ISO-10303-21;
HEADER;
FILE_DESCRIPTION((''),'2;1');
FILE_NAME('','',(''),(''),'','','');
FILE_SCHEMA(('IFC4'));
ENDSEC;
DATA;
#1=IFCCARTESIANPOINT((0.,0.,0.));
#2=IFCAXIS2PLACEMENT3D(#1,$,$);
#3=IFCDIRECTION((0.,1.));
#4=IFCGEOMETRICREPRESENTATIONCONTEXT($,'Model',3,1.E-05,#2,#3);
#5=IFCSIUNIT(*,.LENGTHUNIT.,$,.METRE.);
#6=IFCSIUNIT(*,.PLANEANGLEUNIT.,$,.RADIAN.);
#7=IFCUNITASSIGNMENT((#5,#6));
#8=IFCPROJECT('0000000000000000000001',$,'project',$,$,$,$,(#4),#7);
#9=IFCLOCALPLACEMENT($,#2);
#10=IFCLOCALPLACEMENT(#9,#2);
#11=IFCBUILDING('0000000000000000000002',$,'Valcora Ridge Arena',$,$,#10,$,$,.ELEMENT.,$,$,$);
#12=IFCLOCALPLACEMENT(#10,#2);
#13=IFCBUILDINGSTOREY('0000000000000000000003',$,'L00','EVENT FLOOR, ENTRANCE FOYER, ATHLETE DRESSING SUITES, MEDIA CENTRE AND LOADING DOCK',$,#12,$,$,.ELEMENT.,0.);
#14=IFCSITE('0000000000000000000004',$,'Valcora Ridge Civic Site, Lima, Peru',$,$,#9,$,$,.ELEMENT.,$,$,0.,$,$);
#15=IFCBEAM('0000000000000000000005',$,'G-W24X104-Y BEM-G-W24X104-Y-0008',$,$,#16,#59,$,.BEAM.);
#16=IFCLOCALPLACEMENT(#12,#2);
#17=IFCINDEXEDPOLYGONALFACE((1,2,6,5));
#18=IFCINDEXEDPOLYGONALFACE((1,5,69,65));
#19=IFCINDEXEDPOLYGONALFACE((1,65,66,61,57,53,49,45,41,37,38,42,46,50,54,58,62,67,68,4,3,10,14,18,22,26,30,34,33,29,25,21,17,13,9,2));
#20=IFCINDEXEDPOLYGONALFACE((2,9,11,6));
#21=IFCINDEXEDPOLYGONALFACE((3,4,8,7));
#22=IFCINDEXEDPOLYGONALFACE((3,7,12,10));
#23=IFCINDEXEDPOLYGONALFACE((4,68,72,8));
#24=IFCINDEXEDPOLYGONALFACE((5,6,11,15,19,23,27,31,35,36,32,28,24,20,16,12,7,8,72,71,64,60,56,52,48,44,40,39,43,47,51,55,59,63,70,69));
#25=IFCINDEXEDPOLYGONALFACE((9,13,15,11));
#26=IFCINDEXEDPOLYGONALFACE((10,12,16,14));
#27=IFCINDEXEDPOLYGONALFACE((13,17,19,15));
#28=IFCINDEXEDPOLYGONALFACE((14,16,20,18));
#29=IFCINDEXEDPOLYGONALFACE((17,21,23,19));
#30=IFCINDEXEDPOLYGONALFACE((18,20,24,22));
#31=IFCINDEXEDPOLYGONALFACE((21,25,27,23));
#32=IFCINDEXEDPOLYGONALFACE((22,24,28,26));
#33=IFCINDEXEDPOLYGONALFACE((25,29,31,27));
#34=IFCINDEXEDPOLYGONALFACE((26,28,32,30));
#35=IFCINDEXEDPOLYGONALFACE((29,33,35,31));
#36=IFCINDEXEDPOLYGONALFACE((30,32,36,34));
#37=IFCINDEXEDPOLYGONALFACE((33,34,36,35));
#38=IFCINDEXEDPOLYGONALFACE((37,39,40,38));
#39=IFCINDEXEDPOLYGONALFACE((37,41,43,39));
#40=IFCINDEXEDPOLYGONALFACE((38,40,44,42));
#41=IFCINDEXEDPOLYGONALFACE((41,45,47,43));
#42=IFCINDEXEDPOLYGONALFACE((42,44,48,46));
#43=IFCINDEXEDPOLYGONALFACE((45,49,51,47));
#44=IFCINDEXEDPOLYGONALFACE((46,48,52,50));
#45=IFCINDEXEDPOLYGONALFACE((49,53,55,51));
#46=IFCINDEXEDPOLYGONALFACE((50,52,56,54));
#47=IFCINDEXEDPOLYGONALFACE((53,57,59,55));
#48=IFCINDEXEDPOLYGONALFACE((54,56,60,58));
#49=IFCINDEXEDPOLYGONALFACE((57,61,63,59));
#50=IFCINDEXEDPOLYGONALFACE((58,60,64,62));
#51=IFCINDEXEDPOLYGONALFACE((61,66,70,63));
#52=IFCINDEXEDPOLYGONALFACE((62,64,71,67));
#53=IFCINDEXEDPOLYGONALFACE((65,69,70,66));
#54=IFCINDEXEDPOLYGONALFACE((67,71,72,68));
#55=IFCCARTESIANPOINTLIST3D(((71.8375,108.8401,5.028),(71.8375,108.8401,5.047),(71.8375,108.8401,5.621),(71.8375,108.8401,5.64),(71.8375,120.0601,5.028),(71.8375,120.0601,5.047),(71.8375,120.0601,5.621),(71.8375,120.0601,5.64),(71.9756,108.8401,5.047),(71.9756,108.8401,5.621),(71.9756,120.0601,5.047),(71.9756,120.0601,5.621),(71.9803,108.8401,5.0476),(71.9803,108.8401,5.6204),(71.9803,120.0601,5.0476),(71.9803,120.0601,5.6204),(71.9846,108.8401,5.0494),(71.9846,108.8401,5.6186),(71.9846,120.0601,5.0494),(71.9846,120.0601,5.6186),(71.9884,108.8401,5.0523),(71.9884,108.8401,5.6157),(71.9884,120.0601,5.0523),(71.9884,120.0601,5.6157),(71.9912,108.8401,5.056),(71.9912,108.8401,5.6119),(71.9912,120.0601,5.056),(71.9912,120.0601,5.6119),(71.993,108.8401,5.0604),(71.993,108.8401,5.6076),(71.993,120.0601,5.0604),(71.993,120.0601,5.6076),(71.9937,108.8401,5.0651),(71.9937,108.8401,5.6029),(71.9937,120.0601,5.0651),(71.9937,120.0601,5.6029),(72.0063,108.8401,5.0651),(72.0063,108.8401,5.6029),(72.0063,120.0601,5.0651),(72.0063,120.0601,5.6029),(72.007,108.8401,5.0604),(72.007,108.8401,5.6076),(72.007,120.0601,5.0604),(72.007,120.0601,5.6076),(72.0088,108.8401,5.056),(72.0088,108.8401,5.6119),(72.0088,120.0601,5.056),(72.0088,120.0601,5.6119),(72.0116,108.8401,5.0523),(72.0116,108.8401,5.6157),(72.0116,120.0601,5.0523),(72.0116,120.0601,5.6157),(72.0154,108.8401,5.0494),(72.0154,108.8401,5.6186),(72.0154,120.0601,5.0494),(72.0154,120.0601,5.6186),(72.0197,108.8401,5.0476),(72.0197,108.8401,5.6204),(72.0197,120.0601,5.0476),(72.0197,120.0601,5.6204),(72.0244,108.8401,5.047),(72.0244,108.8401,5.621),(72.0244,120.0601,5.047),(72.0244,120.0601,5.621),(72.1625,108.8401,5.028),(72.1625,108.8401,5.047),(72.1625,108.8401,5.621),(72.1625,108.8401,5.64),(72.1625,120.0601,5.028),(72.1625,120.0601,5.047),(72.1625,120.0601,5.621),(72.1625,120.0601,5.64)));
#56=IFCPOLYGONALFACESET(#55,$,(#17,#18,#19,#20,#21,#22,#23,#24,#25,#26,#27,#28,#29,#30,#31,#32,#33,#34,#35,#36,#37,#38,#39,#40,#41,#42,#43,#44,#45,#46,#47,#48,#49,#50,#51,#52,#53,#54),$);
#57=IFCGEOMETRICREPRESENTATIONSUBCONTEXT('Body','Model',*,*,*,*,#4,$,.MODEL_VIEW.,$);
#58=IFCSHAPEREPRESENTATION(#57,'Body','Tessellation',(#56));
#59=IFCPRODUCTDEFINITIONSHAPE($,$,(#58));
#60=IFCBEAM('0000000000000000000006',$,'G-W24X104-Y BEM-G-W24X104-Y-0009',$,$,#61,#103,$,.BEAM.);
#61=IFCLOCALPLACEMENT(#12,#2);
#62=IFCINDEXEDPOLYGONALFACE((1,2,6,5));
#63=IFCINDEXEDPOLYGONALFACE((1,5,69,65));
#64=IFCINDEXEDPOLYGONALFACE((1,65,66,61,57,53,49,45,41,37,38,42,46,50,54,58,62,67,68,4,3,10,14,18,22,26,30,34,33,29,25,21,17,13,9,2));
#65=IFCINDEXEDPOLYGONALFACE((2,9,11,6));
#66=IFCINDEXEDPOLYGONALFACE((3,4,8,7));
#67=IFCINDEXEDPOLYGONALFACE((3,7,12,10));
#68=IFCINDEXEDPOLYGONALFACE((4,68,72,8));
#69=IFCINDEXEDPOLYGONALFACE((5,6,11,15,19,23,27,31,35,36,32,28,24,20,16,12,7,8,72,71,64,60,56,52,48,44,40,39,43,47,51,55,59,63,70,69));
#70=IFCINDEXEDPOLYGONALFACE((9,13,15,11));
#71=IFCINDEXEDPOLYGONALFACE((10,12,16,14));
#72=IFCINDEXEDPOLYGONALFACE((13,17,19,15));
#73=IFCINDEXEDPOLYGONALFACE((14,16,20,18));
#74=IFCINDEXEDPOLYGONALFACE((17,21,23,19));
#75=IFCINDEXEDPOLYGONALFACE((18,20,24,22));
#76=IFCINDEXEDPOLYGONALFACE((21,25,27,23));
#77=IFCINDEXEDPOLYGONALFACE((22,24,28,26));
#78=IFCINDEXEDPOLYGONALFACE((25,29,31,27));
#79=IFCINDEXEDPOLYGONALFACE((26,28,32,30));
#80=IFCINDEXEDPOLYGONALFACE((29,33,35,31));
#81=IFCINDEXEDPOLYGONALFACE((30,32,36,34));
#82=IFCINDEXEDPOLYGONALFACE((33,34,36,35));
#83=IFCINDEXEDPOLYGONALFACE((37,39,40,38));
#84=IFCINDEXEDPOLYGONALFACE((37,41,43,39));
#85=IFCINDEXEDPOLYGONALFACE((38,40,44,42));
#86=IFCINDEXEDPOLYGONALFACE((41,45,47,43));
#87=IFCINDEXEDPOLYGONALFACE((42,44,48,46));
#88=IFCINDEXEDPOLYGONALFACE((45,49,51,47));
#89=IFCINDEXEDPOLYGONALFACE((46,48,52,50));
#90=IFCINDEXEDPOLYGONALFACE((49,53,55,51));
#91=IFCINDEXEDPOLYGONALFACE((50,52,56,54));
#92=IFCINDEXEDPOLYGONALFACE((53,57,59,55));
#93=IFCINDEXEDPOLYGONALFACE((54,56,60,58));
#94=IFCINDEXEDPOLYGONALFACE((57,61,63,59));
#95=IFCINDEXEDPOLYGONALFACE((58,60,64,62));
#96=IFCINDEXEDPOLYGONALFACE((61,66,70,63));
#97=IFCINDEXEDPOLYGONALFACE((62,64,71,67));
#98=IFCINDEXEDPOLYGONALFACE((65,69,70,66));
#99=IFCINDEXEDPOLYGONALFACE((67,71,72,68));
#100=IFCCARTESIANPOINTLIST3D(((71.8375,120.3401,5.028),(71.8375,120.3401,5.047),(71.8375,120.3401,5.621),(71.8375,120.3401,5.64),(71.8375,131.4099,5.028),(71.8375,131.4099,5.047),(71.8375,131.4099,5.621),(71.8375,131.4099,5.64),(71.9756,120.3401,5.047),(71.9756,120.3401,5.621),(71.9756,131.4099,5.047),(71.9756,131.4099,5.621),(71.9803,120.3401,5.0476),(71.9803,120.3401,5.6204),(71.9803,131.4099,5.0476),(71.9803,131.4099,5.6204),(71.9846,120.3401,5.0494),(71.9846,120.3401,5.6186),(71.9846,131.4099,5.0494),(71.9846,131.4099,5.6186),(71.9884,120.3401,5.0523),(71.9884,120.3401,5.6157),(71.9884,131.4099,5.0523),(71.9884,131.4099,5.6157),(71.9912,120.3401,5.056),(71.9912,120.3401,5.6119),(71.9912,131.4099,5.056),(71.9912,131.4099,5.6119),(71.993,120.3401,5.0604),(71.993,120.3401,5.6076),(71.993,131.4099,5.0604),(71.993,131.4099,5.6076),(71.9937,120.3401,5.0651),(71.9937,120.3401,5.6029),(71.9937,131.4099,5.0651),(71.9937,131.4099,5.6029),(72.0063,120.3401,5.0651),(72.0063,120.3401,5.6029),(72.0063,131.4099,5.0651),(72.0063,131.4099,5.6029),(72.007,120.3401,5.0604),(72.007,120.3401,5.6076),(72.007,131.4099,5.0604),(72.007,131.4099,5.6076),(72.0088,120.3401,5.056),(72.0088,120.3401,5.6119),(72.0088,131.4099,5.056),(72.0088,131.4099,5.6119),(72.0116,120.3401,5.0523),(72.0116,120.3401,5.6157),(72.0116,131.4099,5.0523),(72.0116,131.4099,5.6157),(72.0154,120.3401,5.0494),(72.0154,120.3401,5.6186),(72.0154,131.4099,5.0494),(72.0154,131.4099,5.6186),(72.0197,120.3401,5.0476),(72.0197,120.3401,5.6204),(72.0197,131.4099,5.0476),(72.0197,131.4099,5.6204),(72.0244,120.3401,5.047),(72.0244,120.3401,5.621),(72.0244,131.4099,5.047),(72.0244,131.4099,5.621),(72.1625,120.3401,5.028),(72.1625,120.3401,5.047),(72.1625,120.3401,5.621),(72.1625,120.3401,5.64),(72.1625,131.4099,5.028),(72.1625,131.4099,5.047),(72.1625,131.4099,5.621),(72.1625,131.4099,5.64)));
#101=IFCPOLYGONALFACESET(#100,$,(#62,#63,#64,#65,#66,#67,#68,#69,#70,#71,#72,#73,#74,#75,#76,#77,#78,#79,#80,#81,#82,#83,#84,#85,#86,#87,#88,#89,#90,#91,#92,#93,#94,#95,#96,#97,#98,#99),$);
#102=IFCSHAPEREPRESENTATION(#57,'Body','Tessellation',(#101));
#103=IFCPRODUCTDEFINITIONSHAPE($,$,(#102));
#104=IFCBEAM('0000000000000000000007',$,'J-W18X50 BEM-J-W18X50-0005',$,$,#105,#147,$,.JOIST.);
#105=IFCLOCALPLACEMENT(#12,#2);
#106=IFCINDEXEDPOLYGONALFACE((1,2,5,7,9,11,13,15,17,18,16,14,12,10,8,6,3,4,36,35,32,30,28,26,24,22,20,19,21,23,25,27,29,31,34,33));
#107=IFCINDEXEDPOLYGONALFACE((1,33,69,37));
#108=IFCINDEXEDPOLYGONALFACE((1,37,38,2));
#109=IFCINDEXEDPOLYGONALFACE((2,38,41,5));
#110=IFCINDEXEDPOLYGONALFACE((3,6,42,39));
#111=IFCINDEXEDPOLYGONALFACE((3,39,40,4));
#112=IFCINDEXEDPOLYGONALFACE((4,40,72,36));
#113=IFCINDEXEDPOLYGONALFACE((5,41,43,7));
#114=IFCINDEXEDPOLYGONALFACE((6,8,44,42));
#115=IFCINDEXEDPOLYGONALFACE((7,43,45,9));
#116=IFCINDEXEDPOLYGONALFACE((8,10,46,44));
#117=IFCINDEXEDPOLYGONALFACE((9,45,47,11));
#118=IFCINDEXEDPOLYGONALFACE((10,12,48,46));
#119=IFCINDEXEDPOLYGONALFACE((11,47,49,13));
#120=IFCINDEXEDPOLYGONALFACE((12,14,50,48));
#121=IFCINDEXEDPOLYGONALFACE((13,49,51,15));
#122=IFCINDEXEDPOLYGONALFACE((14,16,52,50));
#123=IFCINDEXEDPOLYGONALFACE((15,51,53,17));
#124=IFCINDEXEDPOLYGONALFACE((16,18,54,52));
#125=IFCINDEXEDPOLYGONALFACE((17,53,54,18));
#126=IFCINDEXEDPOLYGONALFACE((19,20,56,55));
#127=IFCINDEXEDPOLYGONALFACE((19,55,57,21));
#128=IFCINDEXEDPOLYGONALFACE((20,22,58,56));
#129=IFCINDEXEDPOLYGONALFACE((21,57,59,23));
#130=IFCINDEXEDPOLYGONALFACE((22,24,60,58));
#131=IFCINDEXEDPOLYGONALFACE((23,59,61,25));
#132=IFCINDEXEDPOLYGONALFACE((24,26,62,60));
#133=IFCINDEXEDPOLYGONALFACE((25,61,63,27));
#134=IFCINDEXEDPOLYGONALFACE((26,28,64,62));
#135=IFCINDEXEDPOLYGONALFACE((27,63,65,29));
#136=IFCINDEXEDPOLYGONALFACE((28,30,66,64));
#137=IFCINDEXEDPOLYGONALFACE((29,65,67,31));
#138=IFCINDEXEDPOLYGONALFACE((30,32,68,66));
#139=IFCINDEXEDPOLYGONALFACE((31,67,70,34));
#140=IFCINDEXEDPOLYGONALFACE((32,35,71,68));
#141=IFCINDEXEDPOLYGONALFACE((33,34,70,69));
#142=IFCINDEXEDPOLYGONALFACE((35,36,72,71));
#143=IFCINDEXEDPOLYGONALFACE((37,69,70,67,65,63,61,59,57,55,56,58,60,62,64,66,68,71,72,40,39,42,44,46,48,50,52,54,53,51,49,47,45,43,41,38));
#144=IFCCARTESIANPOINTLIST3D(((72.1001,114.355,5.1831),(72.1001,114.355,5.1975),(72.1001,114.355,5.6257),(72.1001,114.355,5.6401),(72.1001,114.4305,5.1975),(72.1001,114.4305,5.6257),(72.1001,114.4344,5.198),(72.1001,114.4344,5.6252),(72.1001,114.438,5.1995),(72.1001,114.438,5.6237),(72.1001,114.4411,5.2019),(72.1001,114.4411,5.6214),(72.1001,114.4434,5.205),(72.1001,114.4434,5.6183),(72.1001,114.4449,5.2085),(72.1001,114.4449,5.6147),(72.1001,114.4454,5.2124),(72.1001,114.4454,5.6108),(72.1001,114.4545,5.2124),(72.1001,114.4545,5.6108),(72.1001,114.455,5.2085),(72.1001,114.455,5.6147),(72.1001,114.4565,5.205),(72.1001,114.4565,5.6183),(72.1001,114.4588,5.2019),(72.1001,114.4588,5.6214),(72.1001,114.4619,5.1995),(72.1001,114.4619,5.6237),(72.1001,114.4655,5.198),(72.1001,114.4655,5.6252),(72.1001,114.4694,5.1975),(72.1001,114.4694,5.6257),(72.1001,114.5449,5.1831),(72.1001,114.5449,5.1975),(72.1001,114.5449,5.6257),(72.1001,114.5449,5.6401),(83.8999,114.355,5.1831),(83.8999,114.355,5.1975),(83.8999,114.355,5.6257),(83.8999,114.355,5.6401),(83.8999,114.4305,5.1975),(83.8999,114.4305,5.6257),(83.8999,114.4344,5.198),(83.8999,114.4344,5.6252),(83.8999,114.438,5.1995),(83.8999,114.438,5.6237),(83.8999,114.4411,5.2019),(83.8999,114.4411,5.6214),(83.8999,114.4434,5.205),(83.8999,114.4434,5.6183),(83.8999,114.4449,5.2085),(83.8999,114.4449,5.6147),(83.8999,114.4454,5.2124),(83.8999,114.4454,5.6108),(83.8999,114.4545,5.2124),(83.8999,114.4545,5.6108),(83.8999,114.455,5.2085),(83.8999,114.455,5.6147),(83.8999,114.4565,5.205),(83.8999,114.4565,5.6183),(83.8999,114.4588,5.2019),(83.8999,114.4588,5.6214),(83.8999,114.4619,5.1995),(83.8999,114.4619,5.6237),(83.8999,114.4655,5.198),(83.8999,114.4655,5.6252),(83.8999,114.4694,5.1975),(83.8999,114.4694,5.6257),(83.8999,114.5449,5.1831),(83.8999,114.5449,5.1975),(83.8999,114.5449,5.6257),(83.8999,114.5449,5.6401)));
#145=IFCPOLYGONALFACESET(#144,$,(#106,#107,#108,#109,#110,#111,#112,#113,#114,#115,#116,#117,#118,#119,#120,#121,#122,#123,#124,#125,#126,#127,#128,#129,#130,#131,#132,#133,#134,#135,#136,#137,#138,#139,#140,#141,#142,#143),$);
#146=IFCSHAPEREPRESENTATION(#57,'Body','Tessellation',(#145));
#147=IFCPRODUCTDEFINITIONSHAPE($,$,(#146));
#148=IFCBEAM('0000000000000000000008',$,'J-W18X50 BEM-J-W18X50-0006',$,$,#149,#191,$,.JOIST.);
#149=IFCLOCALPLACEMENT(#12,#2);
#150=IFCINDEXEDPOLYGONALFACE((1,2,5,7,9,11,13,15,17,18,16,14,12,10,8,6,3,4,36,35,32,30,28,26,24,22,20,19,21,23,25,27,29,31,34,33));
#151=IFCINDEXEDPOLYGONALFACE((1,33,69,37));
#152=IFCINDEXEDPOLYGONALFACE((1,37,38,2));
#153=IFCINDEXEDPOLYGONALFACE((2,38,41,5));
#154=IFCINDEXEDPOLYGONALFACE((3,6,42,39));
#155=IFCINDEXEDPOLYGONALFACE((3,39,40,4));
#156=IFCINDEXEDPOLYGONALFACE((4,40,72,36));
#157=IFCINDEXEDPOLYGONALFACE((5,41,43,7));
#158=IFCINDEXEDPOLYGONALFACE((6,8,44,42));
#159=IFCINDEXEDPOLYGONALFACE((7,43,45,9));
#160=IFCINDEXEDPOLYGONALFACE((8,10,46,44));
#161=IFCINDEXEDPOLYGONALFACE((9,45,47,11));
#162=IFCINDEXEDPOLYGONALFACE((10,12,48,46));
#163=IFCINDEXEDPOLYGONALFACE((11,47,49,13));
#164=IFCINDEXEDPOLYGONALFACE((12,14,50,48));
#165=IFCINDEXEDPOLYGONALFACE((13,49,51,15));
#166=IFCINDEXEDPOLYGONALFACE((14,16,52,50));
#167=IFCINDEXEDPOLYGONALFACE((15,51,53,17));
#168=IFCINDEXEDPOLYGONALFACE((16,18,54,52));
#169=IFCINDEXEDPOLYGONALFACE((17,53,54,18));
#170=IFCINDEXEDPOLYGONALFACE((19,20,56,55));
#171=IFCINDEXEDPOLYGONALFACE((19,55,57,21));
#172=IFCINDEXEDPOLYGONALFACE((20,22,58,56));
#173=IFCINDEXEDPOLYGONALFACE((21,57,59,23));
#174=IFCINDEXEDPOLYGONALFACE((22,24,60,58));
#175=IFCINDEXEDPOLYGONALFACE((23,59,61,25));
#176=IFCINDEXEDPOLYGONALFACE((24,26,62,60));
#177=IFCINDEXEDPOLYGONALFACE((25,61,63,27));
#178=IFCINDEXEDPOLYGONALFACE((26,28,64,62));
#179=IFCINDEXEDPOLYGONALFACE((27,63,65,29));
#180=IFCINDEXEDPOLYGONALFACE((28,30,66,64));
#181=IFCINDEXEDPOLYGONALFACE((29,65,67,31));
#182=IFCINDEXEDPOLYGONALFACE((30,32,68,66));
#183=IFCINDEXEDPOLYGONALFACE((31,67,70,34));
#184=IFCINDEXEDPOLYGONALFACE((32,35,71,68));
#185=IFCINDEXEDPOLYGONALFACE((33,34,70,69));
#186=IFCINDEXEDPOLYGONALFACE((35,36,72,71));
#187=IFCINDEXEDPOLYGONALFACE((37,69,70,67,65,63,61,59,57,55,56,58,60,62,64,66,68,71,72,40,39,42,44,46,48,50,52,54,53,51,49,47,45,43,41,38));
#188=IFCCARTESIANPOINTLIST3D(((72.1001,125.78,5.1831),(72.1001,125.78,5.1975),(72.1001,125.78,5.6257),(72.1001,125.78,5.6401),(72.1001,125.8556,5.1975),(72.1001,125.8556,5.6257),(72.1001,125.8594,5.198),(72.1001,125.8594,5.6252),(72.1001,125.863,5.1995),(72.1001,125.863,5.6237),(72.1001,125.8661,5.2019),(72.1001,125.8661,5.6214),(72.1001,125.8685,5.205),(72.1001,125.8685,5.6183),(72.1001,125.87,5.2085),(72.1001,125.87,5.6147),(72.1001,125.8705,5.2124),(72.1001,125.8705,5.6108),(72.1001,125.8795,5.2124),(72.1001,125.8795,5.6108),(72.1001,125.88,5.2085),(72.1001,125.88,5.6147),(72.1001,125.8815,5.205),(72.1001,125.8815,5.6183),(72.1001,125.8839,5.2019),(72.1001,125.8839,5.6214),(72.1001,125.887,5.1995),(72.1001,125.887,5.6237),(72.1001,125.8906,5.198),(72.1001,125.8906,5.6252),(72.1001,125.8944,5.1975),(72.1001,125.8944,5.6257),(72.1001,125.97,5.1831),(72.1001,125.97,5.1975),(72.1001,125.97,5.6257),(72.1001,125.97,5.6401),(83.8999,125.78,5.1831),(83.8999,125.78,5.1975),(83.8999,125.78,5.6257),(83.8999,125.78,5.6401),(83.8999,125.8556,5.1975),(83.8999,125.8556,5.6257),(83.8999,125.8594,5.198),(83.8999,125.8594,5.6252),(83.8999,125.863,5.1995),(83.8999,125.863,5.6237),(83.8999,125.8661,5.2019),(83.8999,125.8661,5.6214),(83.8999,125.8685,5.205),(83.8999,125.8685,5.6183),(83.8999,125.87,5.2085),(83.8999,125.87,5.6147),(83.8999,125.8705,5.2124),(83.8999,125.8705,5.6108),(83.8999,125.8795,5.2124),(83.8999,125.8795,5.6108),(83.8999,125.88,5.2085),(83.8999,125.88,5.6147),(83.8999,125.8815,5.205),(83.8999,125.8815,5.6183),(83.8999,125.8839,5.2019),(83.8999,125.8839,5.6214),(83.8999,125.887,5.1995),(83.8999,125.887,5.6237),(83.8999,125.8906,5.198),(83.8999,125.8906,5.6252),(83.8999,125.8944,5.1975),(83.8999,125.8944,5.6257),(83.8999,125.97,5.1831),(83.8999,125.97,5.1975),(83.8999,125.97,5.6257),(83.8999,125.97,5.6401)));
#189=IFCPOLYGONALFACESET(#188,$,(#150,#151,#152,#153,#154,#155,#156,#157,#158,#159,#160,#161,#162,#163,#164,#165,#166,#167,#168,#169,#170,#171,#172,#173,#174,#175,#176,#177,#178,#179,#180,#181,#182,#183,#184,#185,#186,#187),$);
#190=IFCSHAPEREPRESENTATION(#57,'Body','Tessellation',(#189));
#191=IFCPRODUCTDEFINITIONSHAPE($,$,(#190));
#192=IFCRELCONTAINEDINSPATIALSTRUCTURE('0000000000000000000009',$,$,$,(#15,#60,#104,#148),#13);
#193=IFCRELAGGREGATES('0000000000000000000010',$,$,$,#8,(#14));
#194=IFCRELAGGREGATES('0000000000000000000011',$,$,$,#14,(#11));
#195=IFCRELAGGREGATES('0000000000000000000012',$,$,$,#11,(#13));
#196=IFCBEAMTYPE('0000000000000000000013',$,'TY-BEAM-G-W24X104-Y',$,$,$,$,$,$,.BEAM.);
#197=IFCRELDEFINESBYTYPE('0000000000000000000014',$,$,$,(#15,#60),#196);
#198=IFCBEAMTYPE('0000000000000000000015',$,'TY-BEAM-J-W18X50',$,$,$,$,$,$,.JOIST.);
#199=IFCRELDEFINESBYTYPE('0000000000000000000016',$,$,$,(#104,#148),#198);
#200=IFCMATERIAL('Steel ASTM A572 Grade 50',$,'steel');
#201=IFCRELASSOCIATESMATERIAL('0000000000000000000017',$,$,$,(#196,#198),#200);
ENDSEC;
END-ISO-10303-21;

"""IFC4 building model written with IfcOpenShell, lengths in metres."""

from ifc_helpers import new_model, si_unit, direction, frame, origin, origin_2d, place, context, subcontext, project, spatial, i_section, extrude, material, material_profile, profile_set, type_object, element, save


model = new_model("IFC4")

# Units and contexts
model_context = context("Model", 3, precision=1e-05, world=origin(), true_north=direction((0.0, 1.0)))
body_context = subcontext(model_context, "Body", "Model", "MODEL_VIEW")
ifc_project = project(units=[si_unit("LENGTHUNIT", "METRE"), si_unit("PLANEANGLEUNIT", "RADIAN")], contexts=[model_context])

# Site, building, storey
site_placement = place(None, origin())
site = spatial("IfcSite", under=ifc_project, at=site_placement, Name="Valcora Ridge Civic Site, Lima, Peru", CompositionType="ELEMENT", RefElevation=0.0)
building_placement = place(site_placement, origin())
building = spatial("IfcBuilding", under=site, at=building_placement, Name="Valcora Ridge Arena", CompositionType="ELEMENT")
storey_placement = place(building_placement, origin())
storey = spatial("IfcBuildingStorey", under=building, at=storey_placement, Name="L00", Description="EVENT FLOOR, ENTRANCE FOYER, ATHLETE DRESSING SUITES, MEDIA CENTRE AND LOADING DOCK", CompositionType="ELEMENT", Elevation=0.0)

# Beams
ifc_material_1 = material(Name="Steel ASTM A572 Grade 50", Category="steel")
ifc_material_profile_1 = material_profile(ifc_material_1, i_section(OverallWidth=0.325, OverallDepth=0.6121, WebThickness=0.0127, FlangeThickness=0.019, FilletRadius=0.0181, at=origin_2d()), Name="W24X104")
ifc_profile_set_1 = profile_set([ifc_material_profile_1], Name="Steel ASTM A572 Grade 50")
beam_type_1 = type_object("IfcBeamType", Name="TY-BEAM-G-W24X104-Y", PredefinedType="BEAM", material=ifc_profile_set_1)
beam_1_placement = place(storey_placement, frame((72.0, 108.8401, 5.334), z_axis=(0.0, 1.0, 0.0), x_axis=(-1.0, 0.0, 0.0)))
element("IfcBeam", 1, at=beam_1_placement, inside=storey, type_object=beam_type_1, Name="G-W24X104-Y BEM-G-W24X104-Y-0008", PredefinedType="BEAM", context=body_context, shape_type="SweptSolid", body=[
    extrude(i_section(OverallWidth=0.325, OverallDepth=0.6121, WebThickness=0.0127, FlangeThickness=0.019, FilletRadius=0.0181, at=origin_2d()), origin(), (0.0, 0.0, 1.0), 11.22),
])
beam_2_placement = place(storey_placement, frame((72.0, 120.3401, 5.334), z_axis=(0.0, 1.0, 0.0), x_axis=(-1.0, 0.0, 0.0)))
element("IfcBeam", 2, at=beam_2_placement, inside=storey, type_object=beam_type_1, Name="G-W24X104-Y BEM-G-W24X104-Y-0009", PredefinedType="BEAM", context=body_context, shape_type="SweptSolid", body=[
    extrude(i_section(OverallWidth=0.325, OverallDepth=0.6121, WebThickness=0.0127, FlangeThickness=0.019, FilletRadius=0.0181, at=origin_2d()), origin(), (0.0, 0.0, 1.0), 11.0698),
])
ifc_material_profile_2 = material_profile(ifc_material_1, i_section(OverallWidth=0.1899, OverallDepth=0.457, WebThickness=0.009, FlangeThickness=0.0144, FilletRadius=0.0149, at=origin_2d()), Name="W18X50")
ifc_profile_set_2 = profile_set([ifc_material_profile_2], Name="Steel ASTM A572 Grade 50")
beam_type_2 = type_object("IfcBeamType", Name="TY-BEAM-J-W18X50", PredefinedType="JOIST", material=ifc_profile_set_2)
for number, where, z_axis, x_axis, name in (
    (3, (72.1001, 114.45, 5.4116), (1.0, 0.0, 0.0), (0.0, 1.0, 0.0), "J-W18X50 BEM-J-W18X50-0005"),
    (4, (72.1001, 125.875, 5.4116), (1.0, 0.0, 0.0), (0.0, 1.0, 0.0), "J-W18X50 BEM-J-W18X50-0006"),
):
    element("IfcBeam", number, at=place(storey_placement, frame(where, z_axis=z_axis, x_axis=x_axis)), inside=storey, type_object=beam_type_2, Name=name, PredefinedType="JOIST", context=body_context, shape_type="SweptSolid", body=[
        extrude(i_section(OverallWidth=0.1899, OverallDepth=0.457, WebThickness=0.009, FlangeThickness=0.0144, FilletRadius=0.0149, at=origin_2d()), origin(), (0.0, 0.0, 1.0), 11.7998),
    ])

save(model, "model.ifc")
